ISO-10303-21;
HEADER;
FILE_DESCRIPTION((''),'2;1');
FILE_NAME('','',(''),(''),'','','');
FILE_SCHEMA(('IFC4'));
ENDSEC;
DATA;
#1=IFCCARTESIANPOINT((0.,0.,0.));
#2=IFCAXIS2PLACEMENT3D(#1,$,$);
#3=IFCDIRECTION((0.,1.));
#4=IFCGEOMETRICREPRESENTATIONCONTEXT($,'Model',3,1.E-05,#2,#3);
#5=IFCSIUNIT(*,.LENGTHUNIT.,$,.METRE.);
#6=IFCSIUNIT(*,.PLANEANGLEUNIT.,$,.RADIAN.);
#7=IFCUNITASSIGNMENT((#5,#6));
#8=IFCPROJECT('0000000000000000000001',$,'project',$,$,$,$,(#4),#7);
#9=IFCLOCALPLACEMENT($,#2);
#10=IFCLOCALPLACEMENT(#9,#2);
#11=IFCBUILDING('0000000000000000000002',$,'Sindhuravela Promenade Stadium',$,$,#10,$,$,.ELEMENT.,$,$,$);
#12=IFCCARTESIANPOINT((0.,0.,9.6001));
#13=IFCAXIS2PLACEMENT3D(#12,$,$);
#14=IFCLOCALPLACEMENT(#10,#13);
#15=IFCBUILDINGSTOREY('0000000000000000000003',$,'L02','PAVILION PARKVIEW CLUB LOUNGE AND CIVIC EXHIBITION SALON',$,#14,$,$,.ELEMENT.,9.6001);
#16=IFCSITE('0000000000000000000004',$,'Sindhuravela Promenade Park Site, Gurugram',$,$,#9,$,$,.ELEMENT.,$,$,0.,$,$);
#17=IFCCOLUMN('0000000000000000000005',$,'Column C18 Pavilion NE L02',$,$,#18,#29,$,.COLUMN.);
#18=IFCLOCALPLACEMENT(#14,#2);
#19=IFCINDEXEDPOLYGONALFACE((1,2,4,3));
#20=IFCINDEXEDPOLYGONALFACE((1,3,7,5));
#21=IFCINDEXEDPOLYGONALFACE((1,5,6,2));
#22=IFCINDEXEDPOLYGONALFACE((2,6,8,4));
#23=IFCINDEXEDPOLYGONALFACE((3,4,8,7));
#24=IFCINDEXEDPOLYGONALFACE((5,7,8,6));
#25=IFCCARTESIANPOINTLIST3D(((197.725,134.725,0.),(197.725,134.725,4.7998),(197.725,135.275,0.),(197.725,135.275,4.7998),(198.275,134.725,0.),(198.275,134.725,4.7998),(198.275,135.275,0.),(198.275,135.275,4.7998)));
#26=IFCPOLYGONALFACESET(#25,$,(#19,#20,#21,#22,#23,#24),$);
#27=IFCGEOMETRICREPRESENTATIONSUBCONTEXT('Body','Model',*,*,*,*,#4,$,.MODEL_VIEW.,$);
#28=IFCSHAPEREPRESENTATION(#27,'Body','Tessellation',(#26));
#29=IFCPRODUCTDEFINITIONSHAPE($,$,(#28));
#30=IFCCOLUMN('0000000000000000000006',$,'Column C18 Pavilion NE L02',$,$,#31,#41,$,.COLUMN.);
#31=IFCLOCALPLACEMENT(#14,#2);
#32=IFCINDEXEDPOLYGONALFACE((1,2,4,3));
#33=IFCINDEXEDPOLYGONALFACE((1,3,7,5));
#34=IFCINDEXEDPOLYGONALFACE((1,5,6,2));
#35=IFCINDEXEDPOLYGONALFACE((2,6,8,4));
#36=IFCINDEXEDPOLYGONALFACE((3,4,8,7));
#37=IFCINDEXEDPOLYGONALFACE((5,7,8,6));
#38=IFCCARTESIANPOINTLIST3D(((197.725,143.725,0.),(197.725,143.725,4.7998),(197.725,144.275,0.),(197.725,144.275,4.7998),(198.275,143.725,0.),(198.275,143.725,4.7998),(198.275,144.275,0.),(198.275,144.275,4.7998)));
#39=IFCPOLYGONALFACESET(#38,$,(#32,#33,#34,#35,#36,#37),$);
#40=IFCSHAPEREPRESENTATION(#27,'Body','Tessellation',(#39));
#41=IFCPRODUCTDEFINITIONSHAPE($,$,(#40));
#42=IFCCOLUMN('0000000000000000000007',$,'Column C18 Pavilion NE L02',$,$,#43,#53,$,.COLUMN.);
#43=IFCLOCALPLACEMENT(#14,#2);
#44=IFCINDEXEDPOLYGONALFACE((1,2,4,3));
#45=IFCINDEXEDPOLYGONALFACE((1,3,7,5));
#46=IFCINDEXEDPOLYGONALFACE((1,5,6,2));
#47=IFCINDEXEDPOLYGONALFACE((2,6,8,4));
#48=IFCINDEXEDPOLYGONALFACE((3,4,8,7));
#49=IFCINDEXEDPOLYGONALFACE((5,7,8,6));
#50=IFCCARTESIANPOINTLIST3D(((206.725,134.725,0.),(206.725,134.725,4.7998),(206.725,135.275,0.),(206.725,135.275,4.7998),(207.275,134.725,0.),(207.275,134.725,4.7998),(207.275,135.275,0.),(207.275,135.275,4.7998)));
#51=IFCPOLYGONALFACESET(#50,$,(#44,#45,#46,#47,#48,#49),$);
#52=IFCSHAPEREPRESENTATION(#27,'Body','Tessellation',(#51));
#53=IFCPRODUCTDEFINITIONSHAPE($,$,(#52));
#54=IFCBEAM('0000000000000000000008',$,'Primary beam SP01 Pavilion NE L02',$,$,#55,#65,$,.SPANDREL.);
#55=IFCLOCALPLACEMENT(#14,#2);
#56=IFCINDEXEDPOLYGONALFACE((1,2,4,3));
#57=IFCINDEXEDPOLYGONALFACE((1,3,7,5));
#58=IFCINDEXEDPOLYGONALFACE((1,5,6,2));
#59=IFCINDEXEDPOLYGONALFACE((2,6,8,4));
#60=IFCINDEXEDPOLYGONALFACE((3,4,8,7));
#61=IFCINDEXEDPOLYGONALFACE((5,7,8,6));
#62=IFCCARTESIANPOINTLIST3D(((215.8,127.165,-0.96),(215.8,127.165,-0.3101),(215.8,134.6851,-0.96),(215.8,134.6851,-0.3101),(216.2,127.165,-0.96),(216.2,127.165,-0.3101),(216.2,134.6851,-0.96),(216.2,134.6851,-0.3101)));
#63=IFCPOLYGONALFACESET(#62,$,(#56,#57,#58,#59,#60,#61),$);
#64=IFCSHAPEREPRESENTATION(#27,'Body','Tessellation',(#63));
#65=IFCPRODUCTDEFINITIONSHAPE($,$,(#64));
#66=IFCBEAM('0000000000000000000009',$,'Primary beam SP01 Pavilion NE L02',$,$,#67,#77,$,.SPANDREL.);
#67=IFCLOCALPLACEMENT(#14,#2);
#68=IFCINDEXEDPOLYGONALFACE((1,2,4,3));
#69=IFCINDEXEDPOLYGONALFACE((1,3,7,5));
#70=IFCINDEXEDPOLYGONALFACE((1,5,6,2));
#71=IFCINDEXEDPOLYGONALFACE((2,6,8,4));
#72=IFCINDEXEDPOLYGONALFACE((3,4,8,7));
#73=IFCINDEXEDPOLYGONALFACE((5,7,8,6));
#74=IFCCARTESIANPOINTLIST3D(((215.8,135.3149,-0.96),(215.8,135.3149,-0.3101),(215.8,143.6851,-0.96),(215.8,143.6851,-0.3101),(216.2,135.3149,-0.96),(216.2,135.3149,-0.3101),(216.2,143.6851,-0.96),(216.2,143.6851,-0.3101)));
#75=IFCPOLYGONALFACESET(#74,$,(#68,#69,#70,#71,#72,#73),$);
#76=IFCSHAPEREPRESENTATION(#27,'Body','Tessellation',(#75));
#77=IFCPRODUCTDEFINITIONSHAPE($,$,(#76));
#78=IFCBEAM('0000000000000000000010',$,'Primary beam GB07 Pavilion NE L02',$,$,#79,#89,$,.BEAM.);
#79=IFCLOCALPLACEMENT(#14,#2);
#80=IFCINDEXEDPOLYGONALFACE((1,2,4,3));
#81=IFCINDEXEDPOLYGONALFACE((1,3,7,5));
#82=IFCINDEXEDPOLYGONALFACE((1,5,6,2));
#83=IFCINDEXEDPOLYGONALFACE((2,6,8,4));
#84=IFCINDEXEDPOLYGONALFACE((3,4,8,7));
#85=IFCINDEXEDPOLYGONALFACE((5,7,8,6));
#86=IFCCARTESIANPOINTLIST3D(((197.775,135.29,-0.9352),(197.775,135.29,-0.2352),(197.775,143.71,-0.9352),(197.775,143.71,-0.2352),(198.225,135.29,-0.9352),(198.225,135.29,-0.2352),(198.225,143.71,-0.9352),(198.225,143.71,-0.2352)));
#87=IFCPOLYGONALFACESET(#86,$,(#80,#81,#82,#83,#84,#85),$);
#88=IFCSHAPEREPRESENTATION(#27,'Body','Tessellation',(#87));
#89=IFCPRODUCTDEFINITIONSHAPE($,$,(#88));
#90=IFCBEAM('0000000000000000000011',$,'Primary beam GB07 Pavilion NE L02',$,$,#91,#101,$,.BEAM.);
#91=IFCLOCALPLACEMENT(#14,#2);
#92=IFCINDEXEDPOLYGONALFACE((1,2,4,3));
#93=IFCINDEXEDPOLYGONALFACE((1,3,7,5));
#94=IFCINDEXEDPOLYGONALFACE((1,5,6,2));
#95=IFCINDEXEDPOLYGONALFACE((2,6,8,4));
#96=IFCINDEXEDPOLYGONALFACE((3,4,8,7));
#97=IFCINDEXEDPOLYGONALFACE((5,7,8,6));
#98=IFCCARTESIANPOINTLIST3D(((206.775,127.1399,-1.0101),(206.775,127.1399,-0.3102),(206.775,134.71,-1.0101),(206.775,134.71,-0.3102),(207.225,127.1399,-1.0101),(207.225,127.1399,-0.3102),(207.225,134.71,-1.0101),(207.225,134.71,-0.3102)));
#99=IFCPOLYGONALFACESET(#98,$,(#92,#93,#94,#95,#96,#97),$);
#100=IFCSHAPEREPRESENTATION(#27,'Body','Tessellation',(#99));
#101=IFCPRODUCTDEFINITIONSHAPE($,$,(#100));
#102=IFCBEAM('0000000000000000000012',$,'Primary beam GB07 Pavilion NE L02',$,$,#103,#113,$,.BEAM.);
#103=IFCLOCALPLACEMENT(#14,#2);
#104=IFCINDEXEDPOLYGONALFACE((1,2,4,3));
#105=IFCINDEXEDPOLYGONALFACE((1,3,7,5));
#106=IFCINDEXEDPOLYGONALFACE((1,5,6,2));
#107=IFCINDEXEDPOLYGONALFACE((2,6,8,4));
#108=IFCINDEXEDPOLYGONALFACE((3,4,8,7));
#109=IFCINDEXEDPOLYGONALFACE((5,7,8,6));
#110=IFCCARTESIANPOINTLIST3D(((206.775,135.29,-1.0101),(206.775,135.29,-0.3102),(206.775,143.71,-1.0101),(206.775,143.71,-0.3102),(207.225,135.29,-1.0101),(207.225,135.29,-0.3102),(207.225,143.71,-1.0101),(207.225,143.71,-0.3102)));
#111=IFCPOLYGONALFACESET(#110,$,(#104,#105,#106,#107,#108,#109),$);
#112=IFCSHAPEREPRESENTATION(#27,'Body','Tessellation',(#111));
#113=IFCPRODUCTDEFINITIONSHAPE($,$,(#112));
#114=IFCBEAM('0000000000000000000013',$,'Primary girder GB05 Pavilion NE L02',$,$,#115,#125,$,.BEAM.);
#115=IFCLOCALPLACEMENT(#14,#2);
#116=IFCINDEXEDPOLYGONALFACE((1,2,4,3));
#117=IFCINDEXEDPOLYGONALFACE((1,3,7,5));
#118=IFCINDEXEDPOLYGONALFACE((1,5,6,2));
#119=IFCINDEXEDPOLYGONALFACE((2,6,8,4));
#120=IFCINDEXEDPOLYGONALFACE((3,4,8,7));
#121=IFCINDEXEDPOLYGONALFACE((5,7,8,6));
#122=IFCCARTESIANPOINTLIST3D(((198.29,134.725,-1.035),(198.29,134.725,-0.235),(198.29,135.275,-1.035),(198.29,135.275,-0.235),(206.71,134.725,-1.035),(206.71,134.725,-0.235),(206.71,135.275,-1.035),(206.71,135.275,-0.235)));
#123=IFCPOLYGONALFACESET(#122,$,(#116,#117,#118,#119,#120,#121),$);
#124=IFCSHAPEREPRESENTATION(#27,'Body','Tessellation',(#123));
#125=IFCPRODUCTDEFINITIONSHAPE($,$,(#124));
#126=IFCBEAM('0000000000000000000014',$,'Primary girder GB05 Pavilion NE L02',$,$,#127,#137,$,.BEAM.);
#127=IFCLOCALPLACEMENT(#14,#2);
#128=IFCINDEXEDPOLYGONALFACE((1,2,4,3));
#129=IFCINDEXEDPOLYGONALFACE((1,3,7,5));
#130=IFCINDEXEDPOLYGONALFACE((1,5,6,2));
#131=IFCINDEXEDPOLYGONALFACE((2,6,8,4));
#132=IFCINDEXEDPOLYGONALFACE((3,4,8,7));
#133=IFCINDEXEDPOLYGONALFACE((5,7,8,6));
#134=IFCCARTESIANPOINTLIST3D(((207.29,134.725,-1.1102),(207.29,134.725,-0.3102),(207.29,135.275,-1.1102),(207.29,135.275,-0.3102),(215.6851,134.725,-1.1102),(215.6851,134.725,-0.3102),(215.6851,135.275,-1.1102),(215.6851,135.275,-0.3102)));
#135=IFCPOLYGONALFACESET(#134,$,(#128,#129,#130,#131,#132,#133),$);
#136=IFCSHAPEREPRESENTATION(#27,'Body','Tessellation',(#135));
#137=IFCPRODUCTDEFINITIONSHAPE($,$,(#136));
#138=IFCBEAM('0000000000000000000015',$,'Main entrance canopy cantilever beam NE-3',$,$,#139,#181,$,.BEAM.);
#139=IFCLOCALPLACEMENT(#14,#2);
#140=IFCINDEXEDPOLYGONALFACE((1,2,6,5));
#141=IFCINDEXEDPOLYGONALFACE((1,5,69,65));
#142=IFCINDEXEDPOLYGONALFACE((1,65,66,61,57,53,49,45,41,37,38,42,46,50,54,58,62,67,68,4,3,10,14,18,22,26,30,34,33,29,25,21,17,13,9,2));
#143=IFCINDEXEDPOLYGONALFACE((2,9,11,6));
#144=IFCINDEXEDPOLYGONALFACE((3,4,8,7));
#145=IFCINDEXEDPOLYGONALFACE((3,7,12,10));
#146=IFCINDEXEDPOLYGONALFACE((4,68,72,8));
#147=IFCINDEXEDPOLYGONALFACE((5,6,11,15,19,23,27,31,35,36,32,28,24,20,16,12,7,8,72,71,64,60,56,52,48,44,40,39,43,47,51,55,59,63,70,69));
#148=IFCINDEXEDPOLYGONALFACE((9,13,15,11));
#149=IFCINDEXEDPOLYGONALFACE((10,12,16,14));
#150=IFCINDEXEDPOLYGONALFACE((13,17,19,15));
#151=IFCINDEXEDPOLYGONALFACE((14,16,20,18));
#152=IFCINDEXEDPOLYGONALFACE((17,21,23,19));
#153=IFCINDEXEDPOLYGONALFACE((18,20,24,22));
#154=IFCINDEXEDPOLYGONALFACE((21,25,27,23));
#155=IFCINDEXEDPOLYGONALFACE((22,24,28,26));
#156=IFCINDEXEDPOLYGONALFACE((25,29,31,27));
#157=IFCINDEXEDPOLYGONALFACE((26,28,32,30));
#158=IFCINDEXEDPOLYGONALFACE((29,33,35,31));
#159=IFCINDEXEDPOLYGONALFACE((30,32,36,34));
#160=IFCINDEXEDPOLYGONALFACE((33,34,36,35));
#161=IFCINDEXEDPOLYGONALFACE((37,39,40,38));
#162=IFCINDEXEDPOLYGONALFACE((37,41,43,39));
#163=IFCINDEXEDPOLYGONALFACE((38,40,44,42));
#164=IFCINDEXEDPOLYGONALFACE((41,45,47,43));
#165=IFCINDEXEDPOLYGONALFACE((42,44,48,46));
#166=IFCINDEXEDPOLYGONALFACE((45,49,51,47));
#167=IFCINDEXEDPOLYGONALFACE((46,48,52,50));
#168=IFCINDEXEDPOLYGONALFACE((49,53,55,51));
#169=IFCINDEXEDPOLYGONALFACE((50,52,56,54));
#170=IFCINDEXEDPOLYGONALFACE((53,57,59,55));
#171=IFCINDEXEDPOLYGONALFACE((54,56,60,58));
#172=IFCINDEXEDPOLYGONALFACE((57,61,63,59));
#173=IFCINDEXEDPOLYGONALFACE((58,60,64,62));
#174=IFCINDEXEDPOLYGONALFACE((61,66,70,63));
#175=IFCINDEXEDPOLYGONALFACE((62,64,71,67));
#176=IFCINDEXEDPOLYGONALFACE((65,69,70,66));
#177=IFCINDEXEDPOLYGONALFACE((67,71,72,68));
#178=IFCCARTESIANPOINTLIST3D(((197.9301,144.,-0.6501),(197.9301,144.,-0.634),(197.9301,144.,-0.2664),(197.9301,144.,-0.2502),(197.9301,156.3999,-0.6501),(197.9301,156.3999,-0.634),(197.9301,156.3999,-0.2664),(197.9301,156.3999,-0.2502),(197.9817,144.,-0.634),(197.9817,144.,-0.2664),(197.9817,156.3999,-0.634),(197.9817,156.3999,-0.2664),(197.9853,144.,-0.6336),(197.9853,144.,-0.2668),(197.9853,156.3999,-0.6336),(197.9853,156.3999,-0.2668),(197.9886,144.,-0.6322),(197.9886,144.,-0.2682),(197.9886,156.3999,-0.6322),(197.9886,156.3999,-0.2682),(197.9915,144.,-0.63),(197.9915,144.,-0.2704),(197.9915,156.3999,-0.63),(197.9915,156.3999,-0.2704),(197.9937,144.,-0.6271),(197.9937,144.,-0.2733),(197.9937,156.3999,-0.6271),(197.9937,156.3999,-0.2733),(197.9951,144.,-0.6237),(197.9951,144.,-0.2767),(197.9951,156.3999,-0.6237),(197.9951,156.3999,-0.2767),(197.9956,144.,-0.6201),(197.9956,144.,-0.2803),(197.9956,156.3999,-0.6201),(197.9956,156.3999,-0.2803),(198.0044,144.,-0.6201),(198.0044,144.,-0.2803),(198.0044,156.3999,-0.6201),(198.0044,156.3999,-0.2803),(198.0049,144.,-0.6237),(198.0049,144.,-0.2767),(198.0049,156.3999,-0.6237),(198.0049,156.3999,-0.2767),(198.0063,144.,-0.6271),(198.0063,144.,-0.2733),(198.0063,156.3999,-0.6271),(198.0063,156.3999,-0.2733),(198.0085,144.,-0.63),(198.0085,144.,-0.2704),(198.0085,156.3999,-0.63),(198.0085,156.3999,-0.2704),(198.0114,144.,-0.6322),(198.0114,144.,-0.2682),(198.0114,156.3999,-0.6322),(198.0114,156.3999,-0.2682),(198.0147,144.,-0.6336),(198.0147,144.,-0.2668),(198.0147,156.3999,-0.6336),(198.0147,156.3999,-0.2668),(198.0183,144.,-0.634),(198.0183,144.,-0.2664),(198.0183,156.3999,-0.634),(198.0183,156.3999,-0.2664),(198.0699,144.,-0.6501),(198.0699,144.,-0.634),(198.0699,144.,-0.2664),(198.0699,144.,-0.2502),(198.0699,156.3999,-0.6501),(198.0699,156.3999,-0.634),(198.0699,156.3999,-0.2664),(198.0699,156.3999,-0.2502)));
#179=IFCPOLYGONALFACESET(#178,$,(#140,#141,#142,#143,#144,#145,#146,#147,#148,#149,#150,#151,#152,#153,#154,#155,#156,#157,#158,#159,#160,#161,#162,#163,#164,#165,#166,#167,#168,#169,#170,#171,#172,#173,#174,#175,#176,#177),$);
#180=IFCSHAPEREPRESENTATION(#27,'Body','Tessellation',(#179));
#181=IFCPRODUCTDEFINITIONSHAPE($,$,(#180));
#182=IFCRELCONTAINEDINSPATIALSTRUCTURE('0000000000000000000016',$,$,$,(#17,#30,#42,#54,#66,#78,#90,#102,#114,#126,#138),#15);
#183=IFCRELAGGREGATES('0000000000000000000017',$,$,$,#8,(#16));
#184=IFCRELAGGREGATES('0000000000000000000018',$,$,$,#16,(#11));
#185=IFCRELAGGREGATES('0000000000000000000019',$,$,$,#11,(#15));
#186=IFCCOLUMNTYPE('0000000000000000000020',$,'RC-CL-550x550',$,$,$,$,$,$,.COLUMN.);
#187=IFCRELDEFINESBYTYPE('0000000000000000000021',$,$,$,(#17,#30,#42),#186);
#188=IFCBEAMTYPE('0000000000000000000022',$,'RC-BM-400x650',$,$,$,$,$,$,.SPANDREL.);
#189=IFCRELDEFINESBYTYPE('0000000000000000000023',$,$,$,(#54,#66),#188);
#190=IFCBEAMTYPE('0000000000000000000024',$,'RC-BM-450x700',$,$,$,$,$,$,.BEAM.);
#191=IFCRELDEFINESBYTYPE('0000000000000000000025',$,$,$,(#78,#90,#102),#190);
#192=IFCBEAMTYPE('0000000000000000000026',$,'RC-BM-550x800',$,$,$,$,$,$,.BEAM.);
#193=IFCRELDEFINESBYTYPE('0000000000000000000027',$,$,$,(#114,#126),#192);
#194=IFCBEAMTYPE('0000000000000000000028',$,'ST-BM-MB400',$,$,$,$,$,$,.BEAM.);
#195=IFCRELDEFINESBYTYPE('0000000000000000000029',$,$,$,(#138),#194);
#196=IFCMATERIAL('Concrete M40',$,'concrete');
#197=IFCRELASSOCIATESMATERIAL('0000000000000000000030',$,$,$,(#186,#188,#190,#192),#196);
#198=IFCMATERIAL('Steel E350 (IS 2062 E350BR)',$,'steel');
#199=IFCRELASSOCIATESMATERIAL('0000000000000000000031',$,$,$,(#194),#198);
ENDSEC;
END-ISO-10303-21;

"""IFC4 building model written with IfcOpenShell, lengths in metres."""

from ifc_helpers import new_model, si_unit, direction, frame, origin, origin_2d, place, context, subcontext, project, spatial, rectangle, i_section, extrude, material, material_profile, profile_set, type_object, element, save


model = new_model("IFC4")

# Units and contexts
model_context = context("Model", 3, precision=1e-05, world=origin(), true_north=direction((0.0, 1.0)))
body_context = subcontext(model_context, "Body", "Model", "MODEL_VIEW")
ifc_project = project(units=[si_unit("LENGTHUNIT", "METRE"), si_unit("PLANEANGLEUNIT", "RADIAN")], contexts=[model_context])

# Site, building, storey
site_placement = place(None, origin())
site = spatial("IfcSite", under=ifc_project, at=site_placement, Name="Sindhuravela Promenade Park Site, Gurugram", CompositionType="ELEMENT", RefElevation=0.0)
building_placement = place(site_placement, origin())
building = spatial("IfcBuilding", under=site, at=building_placement, Name="Sindhuravela Promenade Stadium", CompositionType="ELEMENT")
storey_placement = place(building_placement, frame((0.0, 0.0, 9.6001)))
storey = spatial("IfcBuildingStorey", under=building, at=storey_placement, Name="L02", Description="PAVILION PARKVIEW CLUB LOUNGE AND CIVIC EXHIBITION SALON", CompositionType="ELEMENT", Elevation=9.6001)

# Columns
ifc_material_1 = material(Name="Concrete M40", Category="concrete")
ifc_material_profile_1 = material_profile(ifc_material_1, rectangle(XDim=0.55, YDim=0.55, at=origin_2d()), Name="RC 550x550")
ifc_profile_set_1 = profile_set([ifc_material_profile_1], Name="Concrete M40")
column_type = type_object("IfcColumnType", Name="RC-CL-550x550", PredefinedType="COLUMN", material=ifc_profile_set_1)
for number, where, z_axis, x_axis, name in (
    (1, (198.0, 135.0, 0.0), (0.0, 0.0, 1.0), (1.0, 0.0, 0.0), "Column C18 Pavilion NE L02"),
    (2, (198.0, 144.0, 0.0), (0.0, 0.0, 1.0), (1.0, 0.0, 0.0), "Column C18 Pavilion NE L02"),
    (3, (207.0, 135.0, 0.0), (0.0, 0.0, 1.0), (1.0, 0.0, 0.0), "Column C18 Pavilion NE L02"),
):
    element("IfcColumn", number, at=place(storey_placement, frame(where, z_axis=z_axis, x_axis=x_axis)), inside=storey, type_object=column_type, Name=name, PredefinedType="COLUMN", context=body_context, shape_type="SweptSolid", body=[
        extrude(rectangle(XDim=0.55, YDim=0.55, at=origin_2d()), origin(), (0.0, 0.0, 1.0), 4.7998),
    ])

# Beams
ifc_material_profile_2 = material_profile(ifc_material_1, rectangle(XDim=0.3999, YDim=0.6499, at=origin_2d()), Name="RC 400x650")
ifc_profile_set_2 = profile_set([ifc_material_profile_2], Name="Concrete M40")
beam_type_1 = type_object("IfcBeamType", Name="RC-BM-400x650", PredefinedType="SPANDREL", material=ifc_profile_set_2)
beam_1_placement = place(storey_placement, frame((216.0, 127.165, -0.635), z_axis=(0.0, 1.0, 0.0), x_axis=(-1.0, 0.0, 0.0)))
element("IfcBeam", 4, at=beam_1_placement, inside=storey, type_object=beam_type_1, Name="Primary beam SP01 Pavilion NE L02", PredefinedType="SPANDREL", context=body_context, shape_type="SweptSolid", body=[
    extrude(rectangle(XDim=0.3999, YDim=0.6499, at=origin_2d()), origin(), (0.0, 0.0, 1.0), 7.52),
])
beam_2_placement = place(storey_placement, frame((216.0, 135.3149, -0.635), z_axis=(0.0, 1.0, 0.0), x_axis=(-1.0, 0.0, 0.0)))
element("IfcBeam", 5, at=beam_2_placement, inside=storey, type_object=beam_type_1, Name="Primary beam SP01 Pavilion NE L02", PredefinedType="SPANDREL", context=body_context, shape_type="SweptSolid", body=[
    extrude(rectangle(XDim=0.3999, YDim=0.6499, at=origin_2d()), origin(), (0.0, 0.0, 1.0), 8.3701),
])
ifc_material_profile_3 = material_profile(ifc_material_1, rectangle(XDim=0.45, YDim=0.7, at=origin_2d()), Name="RC 450x700")
ifc_profile_set_3 = profile_set([ifc_material_profile_3], Name="Concrete M40")
beam_type_2 = type_object("IfcBeamType", Name="RC-BM-450x700", PredefinedType="BEAM", material=ifc_profile_set_3)
beam_3_placement = place(storey_placement, frame((198.0, 135.29, -0.5852), z_axis=(0.0, 1.0, 0.0), x_axis=(-1.0, 0.0, 0.0)))
element("IfcBeam", 6, at=beam_3_placement, inside=storey, type_object=beam_type_2, Name="Primary beam GB07 Pavilion NE L02", PredefinedType="BEAM", context=body_context, shape_type="SweptSolid", body=[
    extrude(rectangle(XDim=0.45, YDim=0.7, at=origin_2d()), origin(), (0.0, 0.0, 1.0), 8.4199),
])
beam_4_placement = place(storey_placement, frame((207.0, 127.1399, -0.6602), z_axis=(0.0, 1.0, 0.0), x_axis=(-1.0, 0.0, 0.0)))
element("IfcBeam", 7, at=beam_4_placement, inside=storey, type_object=beam_type_2, Name="Primary beam GB07 Pavilion NE L02", PredefinedType="BEAM", context=body_context, shape_type="SweptSolid", body=[
    extrude(rectangle(XDim=0.45, YDim=0.7, at=origin_2d()), origin(), (0.0, 0.0, 1.0), 7.5701),
])
beam_5_placement = place(storey_placement, frame((207.0, 135.29, -0.6602), z_axis=(0.0, 1.0, 0.0), x_axis=(-1.0, 0.0, 0.0)))
element("IfcBeam", 8, at=beam_5_placement, inside=storey, type_object=beam_type_2, Name="Primary beam GB07 Pavilion NE L02", PredefinedType="BEAM", context=body_context, shape_type="SweptSolid", body=[
    extrude(rectangle(XDim=0.45, YDim=0.7, at=origin_2d()), origin(), (0.0, 0.0, 1.0), 8.4199),
])
ifc_material_profile_4 = material_profile(ifc_material_1, rectangle(XDim=0.55, YDim=0.8, at=origin_2d()), Name="RC 550x800")
ifc_profile_set_4 = profile_set([ifc_material_profile_4], Name="Concrete M40")
beam_type_3 = type_object("IfcBeamType", Name="RC-BM-550x800", PredefinedType="BEAM", material=ifc_profile_set_4)
beam_6_placement = place(storey_placement, frame((198.29, 135.0, -0.635), z_axis=(1.0, 0.0, 0.0), x_axis=(0.0, 1.0, 0.0)))
element("IfcBeam", 9, at=beam_6_placement, inside=storey, type_object=beam_type_3, Name="Primary girder GB05 Pavilion NE L02", PredefinedType="BEAM", context=body_context, shape_type="SweptSolid", body=[
    extrude(rectangle(XDim=0.55, YDim=0.8, at=origin_2d()), origin(), (0.0, 0.0, 1.0), 8.4199),
])
beam_7_placement = place(storey_placement, frame((207.29, 135.0, -0.7102), z_axis=(1.0, 0.0, 0.0), x_axis=(0.0, 1.0, 0.0)))
element("IfcBeam", 10, at=beam_7_placement, inside=storey, type_object=beam_type_3, Name="Primary girder GB05 Pavilion NE L02", PredefinedType="BEAM", context=body_context, shape_type="SweptSolid", body=[
    extrude(rectangle(XDim=0.55, YDim=0.8, at=origin_2d()), origin(), (0.0, 0.0, 1.0), 8.395),
])
ifc_material_2 = material(Name="Steel E350 (IS 2062 E350BR)", Category="steel")
ifc_material_profile_5 = material_profile(ifc_material_2, i_section(OverallWidth=0.1399, OverallDepth=0.3999, WebThickness=0.0088, FlangeThickness=0.0161, FilletRadius=0.0139, at=origin_2d()), Name="ISMB 400")
ifc_profile_set_5 = profile_set([ifc_material_profile_5], Name="Steel E350 (IS 2062 E350BR)")
beam_type_4 = type_object("IfcBeamType", Name="ST-BM-MB400", PredefinedType="BEAM", material=ifc_profile_set_5)
beam_8_placement = place(storey_placement, frame((198.0, 144.0, -0.4502), z_axis=(0.0, 1.0, 0.0), x_axis=(-1.0, 0.0, 0.0)))
element("IfcBeam", 11, at=beam_8_placement, inside=storey, type_object=beam_type_4, Name="Main entrance canopy cantilever beam NE-3", PredefinedType="BEAM", context=body_context, shape_type="SweptSolid", body=[
    extrude(i_section(OverallWidth=0.1399, OverallDepth=0.3999, WebThickness=0.0088, FlangeThickness=0.0161, FilletRadius=0.0139, at=origin_2d()), origin(), (0.0, 0.0, 1.0), 12.3999),
])

save(model, "model.ifc")
